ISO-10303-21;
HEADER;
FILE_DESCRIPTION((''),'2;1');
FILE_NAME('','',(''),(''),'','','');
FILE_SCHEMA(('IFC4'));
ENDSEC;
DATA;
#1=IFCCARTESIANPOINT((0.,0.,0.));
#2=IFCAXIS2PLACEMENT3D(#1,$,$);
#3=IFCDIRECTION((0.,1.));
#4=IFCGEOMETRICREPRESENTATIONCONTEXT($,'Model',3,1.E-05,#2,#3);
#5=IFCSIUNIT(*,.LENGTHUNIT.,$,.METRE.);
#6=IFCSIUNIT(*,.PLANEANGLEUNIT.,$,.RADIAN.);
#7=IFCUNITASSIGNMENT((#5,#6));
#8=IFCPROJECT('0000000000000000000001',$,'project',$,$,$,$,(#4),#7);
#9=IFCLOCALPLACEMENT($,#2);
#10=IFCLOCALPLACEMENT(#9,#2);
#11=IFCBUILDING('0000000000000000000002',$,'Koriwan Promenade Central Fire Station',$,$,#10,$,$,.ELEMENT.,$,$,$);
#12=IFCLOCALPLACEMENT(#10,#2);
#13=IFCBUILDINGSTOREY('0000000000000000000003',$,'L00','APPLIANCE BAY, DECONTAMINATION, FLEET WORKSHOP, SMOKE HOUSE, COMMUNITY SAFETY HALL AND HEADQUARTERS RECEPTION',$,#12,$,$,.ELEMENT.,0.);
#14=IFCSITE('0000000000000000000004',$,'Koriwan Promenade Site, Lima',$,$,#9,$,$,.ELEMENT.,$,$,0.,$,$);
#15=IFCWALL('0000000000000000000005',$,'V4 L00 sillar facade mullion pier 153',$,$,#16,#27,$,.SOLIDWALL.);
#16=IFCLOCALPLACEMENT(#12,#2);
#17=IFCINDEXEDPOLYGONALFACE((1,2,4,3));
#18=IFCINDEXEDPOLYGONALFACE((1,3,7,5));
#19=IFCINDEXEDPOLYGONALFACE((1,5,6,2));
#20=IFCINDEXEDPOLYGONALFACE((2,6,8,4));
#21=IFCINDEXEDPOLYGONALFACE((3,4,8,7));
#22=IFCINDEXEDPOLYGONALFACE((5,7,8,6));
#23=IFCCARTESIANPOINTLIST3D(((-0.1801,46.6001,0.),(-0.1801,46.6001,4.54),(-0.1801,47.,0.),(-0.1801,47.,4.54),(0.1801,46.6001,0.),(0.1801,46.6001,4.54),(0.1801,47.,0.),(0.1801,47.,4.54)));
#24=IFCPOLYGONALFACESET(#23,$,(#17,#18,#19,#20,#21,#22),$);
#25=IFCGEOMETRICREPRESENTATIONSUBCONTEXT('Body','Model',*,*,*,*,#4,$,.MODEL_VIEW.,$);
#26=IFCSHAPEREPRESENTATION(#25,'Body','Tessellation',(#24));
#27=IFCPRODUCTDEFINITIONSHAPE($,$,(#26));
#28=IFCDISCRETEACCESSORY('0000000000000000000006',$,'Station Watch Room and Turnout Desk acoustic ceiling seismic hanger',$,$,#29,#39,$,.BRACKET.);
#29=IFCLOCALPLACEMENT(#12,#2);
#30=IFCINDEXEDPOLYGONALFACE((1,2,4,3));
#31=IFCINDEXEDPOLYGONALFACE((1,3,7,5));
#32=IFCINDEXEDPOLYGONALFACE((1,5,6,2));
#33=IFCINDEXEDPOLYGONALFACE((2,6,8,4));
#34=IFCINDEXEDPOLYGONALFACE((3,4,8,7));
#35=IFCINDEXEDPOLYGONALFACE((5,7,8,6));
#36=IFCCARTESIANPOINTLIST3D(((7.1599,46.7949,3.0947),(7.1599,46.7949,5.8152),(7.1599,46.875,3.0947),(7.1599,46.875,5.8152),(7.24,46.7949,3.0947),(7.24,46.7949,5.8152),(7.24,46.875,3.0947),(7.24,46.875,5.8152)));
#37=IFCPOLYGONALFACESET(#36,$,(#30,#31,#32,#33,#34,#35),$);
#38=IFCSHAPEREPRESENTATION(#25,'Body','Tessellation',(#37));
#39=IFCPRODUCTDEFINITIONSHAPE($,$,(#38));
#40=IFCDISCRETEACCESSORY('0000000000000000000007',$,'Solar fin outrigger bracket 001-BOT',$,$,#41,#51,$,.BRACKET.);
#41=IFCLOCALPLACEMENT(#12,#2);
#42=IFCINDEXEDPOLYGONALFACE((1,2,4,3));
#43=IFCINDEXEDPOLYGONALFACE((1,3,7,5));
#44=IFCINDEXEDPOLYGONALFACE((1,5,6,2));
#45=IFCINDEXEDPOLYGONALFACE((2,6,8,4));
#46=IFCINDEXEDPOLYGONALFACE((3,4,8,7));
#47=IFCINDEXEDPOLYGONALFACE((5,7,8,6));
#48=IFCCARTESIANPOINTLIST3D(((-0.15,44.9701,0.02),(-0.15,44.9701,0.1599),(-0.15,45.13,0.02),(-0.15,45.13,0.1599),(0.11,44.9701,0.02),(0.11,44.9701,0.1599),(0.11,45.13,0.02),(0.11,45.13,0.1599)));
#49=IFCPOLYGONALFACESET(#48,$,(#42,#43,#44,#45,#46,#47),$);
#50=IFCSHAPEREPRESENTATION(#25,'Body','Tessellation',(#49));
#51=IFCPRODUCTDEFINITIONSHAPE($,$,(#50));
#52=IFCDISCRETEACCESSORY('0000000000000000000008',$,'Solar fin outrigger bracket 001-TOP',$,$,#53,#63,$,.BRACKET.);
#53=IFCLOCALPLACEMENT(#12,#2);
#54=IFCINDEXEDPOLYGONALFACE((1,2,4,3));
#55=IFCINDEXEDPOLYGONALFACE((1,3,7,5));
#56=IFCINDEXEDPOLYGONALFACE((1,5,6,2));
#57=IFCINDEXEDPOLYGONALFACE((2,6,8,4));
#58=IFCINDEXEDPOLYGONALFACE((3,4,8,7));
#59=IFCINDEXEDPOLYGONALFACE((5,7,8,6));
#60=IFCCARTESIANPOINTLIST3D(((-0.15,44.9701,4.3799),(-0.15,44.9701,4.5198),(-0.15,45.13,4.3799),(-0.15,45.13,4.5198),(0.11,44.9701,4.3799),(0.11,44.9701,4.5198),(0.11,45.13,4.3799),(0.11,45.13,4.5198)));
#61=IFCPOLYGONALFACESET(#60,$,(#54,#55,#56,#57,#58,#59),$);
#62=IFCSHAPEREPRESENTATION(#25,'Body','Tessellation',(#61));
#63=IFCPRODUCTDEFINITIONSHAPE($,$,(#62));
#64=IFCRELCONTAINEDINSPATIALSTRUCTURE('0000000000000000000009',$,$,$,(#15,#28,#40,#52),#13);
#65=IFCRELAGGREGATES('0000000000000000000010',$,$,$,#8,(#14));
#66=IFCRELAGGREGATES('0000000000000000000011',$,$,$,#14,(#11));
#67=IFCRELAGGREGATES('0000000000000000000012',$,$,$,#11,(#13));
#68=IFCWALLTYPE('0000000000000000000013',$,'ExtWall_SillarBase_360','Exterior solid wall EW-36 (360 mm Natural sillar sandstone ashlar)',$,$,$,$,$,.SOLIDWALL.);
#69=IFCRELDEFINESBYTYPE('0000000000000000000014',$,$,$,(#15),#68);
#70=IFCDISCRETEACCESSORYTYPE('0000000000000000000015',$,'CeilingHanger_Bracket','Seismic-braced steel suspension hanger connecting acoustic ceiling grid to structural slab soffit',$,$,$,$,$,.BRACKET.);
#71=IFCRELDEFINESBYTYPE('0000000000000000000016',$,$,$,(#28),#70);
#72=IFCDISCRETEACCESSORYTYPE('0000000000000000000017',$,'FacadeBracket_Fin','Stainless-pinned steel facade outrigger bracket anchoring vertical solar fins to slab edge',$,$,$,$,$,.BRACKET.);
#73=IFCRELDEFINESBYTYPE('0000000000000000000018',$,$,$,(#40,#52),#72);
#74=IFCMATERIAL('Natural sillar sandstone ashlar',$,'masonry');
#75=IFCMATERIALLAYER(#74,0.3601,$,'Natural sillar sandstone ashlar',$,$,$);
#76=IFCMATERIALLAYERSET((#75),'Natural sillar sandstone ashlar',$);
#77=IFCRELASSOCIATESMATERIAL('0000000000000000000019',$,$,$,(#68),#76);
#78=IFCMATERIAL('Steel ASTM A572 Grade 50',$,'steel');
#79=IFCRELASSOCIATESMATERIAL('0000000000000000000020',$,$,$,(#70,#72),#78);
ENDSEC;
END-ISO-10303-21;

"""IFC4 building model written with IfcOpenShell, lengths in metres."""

from ifc_helpers import new_model, si_unit, direction, frame, frame_2d, origin, origin_2d, place, context, subcontext, project, spatial, rectangle, extrude, material, layer, layer_set, type_object, element, save


model = new_model("IFC4")

# Units and contexts
model_context = context("Model", 3, precision=1e-05, world=origin(), true_north=direction((0.0, 1.0)))
body_context = subcontext(model_context, "Body", "Model", "MODEL_VIEW")
ifc_project = project(units=[si_unit("LENGTHUNIT", "METRE"), si_unit("PLANEANGLEUNIT", "RADIAN")], contexts=[model_context])

# Site, building, storey
site_placement = place(None, origin())
site = spatial("IfcSite", under=ifc_project, at=site_placement, Name="Koriwan Promenade Site, Lima", CompositionType="ELEMENT", RefElevation=0.0)
building_placement = place(site_placement, origin())
building = spatial("IfcBuilding", under=site, at=building_placement, Name="Koriwan Promenade Central Fire Station", CompositionType="ELEMENT")
storey_placement = place(building_placement, origin())
storey = spatial("IfcBuildingStorey", under=building, at=storey_placement, Name="L00", Description="APPLIANCE BAY, DECONTAMINATION, FLEET WORKSHOP, SMOKE HOUSE, COMMUNITY SAFETY HALL AND HEADQUARTERS RECEPTION", CompositionType="ELEMENT", Elevation=0.0)

# Wall
ifc_material_1 = material(Name="Natural sillar sandstone ashlar", Category="masonry")
ifc_layer_1 = layer(ifc_material_1, 0.3601, Name="Natural sillar sandstone ashlar")
ifc_layer_set_1 = layer_set([ifc_layer_1], Name="Natural sillar sandstone ashlar")
wall_type = type_object("IfcWallType", Name="ExtWall_SillarBase_360", Description="Exterior solid wall EW-36 (360 mm Natural sillar sandstone ashlar)", PredefinedType="SOLIDWALL", material=ifc_layer_set_1)
wall_placement = place(storey_placement, frame((0.0, 46.6001, 0.0), z_axis=(0.0, 0.0, 1.0), x_axis=(0.0, 1.0, 0.0)))
element("IfcWall", 1, at=wall_placement, inside=storey, type_object=wall_type, Name="V4 L00 sillar facade mullion pier 153", PredefinedType="SOLIDWALL", context=body_context, shape_type="SweptSolid", body=[
    extrude(rectangle(XDim=0.3999, YDim=0.3601, at=frame_2d((0.2, 0.0))), origin(), (0.0, 0.0, 1.0), 4.54),
])

# Discrete accessories
ifc_material_2 = material(Name="Steel ASTM A572 Grade 50", Category="steel")
discrete_accessory_type_1 = type_object("IfcDiscreteAccessoryType", Name="CeilingHanger_Bracket", Description="Seismic-braced steel suspension hanger connecting acoustic ceiling grid to structural slab soffit", PredefinedType="BRACKET", material=ifc_material_2)
discrete_accessory_placement = place(storey_placement, frame((7.2, 46.835, 3.0947), z_axis=(0.0, 0.0, 1.0), x_axis=(1.0, 0.0, 0.0)))
element("IfcDiscreteAccessory", 2, at=discrete_accessory_placement, inside=storey, type_object=discrete_accessory_type_1, Name="Station Watch Room and Turnout Desk acoustic ceiling seismic hanger", PredefinedType="BRACKET", context=body_context, shape_type="SweptSolid", body=[
    extrude(rectangle(XDim=0.0801, YDim=0.0801, at=origin_2d()), origin(), (0.0, 0.0, 1.0), 2.7205),
])
discrete_accessory_type_2 = type_object("IfcDiscreteAccessoryType", Name="FacadeBracket_Fin", Description="Stainless-pinned steel facade outrigger bracket anchoring vertical solar fins to slab edge", PredefinedType="BRACKET", material=ifc_material_2)
for number, where, z_axis, x_axis, name in (
    (3, (-0.02, 45.05, 0.02), (0.0, 0.0, 1.0), (-1.0, 0.0, 0.0), "Solar fin outrigger bracket 001-BOT"),
    (4, (-0.02, 45.05, 4.3799), (0.0, 0.0, 1.0), (-1.0, 0.0, 0.0), "Solar fin outrigger bracket 001-TOP"),
):
    element("IfcDiscreteAccessory", number, at=place(storey_placement, frame(where, z_axis=z_axis, x_axis=x_axis)), inside=storey, type_object=discrete_accessory_type_2, Name=name, PredefinedType="BRACKET", context=body_context, shape_type="SweptSolid", body=[
        extrude(rectangle(XDim=0.26, YDim=0.1599, at=origin_2d()), origin(), (0.0, 0.0, 1.0), 0.1399),
    ])

save(model, "model.ifc")
